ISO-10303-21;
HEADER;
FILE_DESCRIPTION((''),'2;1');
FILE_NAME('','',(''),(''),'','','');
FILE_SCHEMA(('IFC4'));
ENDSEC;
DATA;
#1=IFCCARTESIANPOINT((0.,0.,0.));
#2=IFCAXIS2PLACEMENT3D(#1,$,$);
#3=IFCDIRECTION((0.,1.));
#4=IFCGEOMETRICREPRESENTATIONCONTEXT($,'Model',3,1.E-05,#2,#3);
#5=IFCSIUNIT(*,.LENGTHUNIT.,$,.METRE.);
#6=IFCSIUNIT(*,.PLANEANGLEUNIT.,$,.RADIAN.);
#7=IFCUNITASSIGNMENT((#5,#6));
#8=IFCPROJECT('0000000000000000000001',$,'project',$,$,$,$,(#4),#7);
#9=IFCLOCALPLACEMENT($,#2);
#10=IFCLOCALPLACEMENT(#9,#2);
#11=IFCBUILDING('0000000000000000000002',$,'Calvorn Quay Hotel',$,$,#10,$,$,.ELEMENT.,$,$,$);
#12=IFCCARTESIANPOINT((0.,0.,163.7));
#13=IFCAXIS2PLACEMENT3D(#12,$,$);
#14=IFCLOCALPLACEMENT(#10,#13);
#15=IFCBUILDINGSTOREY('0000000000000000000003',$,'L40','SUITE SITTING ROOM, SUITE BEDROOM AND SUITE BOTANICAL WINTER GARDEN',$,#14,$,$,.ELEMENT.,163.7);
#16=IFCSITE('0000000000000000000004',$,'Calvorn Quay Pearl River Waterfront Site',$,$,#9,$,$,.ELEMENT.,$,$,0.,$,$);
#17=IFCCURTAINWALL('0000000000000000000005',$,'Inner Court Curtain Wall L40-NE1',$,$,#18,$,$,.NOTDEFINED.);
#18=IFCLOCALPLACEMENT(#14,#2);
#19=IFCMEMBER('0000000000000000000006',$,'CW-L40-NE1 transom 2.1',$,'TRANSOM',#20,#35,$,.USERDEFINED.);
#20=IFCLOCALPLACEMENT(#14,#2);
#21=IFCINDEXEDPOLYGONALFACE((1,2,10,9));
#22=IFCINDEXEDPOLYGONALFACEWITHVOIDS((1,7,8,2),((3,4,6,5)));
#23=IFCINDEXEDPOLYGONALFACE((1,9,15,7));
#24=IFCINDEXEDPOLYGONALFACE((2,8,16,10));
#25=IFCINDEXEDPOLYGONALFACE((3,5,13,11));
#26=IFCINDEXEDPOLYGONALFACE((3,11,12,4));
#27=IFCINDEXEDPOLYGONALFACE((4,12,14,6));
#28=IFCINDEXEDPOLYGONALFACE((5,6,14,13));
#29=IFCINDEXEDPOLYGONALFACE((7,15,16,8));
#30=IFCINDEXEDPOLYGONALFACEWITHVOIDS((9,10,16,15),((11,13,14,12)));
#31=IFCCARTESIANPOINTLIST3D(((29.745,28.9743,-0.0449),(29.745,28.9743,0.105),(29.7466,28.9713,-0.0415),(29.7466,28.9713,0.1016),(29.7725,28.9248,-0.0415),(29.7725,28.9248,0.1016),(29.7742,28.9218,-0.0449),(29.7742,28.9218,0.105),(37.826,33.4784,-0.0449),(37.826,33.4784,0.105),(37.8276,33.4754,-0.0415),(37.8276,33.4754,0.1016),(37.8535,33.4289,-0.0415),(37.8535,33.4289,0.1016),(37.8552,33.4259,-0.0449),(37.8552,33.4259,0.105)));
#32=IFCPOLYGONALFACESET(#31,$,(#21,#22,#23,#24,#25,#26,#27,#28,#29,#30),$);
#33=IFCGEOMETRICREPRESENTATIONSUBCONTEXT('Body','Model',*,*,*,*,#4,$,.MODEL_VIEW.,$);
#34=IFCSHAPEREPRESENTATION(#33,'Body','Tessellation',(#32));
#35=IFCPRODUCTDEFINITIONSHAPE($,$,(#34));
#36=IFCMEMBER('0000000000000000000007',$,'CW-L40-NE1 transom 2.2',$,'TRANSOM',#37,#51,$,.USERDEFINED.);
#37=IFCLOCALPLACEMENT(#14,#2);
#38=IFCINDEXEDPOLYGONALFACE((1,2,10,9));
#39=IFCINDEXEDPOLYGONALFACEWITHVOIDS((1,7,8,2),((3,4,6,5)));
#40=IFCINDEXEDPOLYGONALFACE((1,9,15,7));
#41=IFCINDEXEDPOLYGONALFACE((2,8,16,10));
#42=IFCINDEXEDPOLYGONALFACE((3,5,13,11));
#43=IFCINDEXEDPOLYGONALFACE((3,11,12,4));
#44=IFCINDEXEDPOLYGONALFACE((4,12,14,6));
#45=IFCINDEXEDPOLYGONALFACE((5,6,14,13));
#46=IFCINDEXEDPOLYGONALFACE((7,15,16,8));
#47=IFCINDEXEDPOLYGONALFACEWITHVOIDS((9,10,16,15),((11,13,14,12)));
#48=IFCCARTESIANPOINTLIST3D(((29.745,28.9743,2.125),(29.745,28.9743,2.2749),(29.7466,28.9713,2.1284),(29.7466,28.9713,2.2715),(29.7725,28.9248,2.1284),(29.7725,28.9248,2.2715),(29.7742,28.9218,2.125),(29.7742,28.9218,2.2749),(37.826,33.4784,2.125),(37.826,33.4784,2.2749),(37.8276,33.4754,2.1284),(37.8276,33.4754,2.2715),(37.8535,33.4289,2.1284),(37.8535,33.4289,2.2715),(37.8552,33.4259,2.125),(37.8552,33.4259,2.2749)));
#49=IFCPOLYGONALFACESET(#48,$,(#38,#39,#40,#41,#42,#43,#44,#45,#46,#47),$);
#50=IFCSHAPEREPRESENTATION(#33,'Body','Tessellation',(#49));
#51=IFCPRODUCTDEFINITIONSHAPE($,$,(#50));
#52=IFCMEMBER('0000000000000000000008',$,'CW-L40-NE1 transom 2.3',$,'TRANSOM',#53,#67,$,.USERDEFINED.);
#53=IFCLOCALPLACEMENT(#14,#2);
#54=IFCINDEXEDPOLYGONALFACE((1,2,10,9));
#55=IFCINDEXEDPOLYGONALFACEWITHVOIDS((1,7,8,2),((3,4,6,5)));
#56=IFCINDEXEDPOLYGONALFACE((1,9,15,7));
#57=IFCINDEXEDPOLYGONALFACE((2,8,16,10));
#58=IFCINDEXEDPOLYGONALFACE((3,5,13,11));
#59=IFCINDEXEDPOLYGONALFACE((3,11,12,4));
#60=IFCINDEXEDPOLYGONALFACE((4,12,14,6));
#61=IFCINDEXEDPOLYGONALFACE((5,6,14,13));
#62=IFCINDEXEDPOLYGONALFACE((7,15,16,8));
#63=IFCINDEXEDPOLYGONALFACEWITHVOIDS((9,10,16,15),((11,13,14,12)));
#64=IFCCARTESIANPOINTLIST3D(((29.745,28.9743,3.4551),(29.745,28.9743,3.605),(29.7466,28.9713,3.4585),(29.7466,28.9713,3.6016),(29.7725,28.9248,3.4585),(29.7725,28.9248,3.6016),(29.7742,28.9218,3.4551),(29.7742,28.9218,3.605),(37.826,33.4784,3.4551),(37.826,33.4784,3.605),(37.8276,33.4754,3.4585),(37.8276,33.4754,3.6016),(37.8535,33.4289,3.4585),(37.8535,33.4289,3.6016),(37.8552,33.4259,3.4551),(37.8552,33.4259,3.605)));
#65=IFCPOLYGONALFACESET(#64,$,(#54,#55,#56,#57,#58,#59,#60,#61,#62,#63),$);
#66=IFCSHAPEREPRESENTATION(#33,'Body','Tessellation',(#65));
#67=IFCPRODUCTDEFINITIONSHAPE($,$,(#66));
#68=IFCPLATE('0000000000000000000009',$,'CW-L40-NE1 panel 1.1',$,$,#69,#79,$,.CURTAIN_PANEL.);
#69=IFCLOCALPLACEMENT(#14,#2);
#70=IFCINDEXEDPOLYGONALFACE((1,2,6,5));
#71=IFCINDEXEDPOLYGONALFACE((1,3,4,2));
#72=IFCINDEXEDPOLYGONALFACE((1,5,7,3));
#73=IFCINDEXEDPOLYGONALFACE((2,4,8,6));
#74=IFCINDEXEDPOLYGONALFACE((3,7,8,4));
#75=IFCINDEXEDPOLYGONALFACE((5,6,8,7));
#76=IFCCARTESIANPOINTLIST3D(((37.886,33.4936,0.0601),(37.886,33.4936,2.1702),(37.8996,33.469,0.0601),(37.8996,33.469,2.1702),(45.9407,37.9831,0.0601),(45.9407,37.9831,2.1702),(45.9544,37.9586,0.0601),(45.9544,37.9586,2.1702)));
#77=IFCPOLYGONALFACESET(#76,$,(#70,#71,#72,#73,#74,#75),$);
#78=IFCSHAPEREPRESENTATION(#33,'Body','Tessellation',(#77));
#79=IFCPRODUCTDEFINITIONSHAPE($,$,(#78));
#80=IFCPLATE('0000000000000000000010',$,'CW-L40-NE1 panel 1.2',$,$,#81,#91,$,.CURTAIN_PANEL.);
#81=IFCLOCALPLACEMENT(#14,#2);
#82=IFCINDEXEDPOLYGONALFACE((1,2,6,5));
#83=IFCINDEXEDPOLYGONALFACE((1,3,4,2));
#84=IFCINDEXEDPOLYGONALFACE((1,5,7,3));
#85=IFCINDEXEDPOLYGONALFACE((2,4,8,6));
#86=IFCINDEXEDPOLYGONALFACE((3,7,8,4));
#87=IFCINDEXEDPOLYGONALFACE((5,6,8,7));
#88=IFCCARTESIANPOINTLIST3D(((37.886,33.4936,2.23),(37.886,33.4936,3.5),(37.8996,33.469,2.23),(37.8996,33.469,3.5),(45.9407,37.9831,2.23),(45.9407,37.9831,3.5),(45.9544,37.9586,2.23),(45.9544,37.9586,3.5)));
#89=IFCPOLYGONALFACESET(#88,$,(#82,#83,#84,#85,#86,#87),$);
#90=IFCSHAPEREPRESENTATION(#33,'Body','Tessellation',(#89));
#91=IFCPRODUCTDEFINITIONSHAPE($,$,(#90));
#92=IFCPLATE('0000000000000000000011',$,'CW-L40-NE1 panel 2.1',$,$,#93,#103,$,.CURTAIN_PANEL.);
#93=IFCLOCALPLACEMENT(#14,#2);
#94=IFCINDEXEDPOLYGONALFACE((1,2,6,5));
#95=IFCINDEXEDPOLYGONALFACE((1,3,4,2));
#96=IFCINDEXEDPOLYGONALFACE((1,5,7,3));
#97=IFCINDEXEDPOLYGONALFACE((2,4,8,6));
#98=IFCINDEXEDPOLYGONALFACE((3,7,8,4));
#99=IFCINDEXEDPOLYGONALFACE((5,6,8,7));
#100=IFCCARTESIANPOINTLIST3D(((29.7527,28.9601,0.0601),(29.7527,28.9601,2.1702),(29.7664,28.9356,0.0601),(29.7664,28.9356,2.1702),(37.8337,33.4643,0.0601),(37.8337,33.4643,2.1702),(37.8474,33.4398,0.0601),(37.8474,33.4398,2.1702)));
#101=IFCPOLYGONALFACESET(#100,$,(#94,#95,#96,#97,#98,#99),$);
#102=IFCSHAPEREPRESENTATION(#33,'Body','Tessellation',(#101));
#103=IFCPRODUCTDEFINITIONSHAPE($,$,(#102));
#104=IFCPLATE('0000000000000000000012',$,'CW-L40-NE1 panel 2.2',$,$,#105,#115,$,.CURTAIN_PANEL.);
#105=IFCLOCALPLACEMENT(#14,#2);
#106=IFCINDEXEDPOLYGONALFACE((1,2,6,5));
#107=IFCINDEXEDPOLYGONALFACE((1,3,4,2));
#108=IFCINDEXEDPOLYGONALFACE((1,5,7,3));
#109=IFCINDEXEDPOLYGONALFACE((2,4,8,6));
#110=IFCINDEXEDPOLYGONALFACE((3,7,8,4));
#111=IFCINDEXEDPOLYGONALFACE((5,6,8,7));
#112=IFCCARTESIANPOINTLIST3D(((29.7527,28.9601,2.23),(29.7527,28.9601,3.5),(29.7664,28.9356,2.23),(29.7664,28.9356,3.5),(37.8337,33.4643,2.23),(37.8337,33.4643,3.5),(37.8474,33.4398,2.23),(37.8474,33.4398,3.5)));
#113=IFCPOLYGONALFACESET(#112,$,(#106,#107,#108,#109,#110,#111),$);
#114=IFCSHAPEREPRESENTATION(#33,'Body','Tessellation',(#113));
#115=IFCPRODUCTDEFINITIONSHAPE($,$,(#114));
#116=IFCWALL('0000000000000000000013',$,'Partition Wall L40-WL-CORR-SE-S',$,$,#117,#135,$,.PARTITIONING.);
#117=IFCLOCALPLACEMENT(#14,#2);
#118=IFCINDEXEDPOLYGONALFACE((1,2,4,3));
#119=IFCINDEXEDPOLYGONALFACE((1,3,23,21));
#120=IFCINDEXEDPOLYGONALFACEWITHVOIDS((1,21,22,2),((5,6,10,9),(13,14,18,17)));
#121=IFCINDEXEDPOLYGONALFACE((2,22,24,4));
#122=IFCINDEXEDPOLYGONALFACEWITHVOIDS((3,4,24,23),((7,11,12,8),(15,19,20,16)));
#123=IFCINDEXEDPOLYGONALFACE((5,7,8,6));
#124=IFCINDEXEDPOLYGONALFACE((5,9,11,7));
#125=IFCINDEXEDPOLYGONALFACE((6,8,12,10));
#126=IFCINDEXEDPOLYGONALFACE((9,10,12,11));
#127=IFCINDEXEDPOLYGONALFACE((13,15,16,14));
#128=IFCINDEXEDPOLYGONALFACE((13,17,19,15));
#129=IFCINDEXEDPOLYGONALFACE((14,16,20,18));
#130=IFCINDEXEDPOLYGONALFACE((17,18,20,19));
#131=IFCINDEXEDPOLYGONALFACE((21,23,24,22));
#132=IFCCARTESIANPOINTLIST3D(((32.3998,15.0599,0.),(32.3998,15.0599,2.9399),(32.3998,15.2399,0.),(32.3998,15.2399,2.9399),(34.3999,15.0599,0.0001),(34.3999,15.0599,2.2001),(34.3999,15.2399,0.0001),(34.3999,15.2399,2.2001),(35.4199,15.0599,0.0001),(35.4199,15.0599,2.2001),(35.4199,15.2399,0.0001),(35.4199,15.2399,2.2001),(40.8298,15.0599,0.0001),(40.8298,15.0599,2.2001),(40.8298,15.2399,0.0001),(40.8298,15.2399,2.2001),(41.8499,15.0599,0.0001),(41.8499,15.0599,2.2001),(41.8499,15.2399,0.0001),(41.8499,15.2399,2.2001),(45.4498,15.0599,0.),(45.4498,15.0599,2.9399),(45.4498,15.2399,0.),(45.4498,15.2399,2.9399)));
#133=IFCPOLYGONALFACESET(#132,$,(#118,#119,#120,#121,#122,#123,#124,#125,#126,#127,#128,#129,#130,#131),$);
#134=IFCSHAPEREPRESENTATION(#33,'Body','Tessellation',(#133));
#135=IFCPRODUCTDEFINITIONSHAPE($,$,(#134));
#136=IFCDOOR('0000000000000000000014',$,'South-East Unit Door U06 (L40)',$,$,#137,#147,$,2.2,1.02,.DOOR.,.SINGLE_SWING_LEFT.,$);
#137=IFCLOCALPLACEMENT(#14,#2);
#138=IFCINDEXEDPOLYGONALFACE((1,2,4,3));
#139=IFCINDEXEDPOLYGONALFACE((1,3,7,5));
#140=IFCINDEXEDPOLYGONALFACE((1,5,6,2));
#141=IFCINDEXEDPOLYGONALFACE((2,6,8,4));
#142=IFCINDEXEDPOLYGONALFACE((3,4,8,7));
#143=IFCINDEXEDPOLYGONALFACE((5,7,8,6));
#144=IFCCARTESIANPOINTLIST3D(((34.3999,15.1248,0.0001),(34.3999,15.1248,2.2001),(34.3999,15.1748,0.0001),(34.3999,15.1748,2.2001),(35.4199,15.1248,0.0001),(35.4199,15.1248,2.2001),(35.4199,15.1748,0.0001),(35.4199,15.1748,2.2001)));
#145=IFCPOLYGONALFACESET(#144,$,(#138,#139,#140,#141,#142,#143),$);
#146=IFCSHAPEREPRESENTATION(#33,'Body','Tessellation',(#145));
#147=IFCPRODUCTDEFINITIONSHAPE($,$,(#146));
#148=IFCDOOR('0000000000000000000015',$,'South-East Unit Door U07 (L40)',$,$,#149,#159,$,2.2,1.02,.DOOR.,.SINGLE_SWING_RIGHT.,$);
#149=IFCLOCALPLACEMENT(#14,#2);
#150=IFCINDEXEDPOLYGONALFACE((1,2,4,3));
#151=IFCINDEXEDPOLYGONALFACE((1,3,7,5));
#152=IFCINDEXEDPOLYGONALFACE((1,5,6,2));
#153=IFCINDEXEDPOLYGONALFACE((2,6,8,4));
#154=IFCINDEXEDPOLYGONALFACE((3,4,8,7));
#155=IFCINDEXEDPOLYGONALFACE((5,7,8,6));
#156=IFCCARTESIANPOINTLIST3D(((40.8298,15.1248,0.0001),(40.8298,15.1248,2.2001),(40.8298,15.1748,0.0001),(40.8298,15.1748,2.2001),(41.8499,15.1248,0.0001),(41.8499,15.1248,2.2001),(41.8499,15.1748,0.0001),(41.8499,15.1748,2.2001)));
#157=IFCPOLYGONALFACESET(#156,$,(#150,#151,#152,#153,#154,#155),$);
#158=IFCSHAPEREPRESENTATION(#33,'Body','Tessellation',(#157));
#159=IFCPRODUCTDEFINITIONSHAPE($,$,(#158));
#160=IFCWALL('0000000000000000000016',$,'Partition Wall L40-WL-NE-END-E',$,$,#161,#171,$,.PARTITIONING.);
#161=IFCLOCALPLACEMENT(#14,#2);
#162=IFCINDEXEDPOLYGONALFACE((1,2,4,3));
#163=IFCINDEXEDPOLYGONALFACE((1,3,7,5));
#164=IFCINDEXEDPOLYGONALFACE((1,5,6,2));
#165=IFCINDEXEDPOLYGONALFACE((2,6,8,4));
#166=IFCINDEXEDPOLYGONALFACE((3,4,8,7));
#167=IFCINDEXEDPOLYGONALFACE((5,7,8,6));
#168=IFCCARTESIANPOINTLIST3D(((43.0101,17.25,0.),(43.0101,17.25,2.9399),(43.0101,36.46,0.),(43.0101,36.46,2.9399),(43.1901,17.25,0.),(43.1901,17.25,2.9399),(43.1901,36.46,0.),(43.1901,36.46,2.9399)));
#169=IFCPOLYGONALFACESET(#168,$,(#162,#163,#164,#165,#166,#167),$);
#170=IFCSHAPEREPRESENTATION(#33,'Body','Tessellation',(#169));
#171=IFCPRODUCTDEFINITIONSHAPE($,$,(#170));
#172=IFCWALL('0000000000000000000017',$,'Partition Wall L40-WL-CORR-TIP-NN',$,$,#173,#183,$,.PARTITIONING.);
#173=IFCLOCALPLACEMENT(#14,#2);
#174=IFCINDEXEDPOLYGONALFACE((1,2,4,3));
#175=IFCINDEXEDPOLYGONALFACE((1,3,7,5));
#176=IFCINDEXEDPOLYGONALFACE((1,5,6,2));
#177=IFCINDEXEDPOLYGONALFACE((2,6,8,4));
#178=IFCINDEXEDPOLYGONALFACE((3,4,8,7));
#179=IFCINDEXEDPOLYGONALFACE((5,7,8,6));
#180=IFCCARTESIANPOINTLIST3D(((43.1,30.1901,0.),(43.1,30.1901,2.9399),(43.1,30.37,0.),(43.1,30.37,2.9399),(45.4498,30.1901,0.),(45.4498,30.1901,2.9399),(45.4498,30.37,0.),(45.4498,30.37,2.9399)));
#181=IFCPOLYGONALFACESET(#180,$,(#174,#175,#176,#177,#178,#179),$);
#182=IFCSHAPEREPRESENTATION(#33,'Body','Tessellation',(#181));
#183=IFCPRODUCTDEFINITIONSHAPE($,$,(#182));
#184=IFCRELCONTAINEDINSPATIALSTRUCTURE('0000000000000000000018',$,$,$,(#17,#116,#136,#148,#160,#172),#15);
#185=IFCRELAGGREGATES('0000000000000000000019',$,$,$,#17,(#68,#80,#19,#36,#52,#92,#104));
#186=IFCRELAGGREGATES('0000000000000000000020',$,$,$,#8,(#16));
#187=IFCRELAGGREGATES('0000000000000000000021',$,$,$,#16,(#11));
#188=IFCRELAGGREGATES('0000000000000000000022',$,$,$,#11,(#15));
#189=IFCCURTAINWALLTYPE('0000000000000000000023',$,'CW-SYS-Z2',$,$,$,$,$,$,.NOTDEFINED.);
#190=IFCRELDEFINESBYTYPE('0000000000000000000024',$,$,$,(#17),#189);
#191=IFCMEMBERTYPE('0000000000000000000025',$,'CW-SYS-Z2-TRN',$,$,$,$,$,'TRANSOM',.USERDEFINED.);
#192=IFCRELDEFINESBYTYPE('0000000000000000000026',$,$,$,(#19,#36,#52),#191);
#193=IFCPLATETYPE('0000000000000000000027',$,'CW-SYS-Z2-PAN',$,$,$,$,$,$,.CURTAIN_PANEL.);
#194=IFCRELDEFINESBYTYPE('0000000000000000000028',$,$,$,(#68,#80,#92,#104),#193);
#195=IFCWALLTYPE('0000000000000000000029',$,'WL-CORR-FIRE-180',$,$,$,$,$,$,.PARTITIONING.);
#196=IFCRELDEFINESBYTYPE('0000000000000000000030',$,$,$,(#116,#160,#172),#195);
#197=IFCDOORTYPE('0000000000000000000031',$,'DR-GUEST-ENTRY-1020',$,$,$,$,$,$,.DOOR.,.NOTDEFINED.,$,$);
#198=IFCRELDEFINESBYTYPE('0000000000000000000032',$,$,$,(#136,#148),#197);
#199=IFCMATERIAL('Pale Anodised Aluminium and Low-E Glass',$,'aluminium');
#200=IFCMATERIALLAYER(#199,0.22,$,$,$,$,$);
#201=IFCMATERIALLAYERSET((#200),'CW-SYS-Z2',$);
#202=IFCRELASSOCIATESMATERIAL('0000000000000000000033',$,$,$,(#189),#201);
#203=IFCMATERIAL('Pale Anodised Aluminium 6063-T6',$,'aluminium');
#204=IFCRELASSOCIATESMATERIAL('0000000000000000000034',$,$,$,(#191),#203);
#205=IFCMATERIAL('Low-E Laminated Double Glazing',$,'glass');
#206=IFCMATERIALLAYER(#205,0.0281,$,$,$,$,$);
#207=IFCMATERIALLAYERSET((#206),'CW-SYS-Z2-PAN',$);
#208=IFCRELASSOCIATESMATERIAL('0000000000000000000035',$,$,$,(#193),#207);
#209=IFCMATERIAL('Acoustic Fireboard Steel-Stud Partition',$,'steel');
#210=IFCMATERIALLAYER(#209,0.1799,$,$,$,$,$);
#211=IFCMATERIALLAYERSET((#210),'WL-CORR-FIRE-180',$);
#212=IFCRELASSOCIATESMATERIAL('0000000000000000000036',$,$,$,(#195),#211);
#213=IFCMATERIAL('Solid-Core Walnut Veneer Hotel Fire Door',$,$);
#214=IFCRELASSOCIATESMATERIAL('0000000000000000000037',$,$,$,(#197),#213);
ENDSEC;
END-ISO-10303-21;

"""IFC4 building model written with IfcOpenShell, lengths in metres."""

from ifc_helpers import new_model, si_unit, direction, frame, frame_2d, origin, origin_2d, place, context, subcontext, project, spatial, rectangle, hollow_rectangle, extrude, material, layer, layer_set, material_profile, profile_set, type_object, element, fill, aggregate, save


model = new_model("IFC4")

# Units and contexts
model_context = context("Model", 3, precision=1e-05, world=origin(), true_north=direction((0.0, 1.0)))
body_context = subcontext(model_context, "Body", "Model", "MODEL_VIEW")
ifc_project = project(units=[si_unit("LENGTHUNIT", "METRE"), si_unit("PLANEANGLEUNIT", "RADIAN")], contexts=[model_context])

# Site, building, storey
site_placement = place(None, origin())
site = spatial("IfcSite", under=ifc_project, at=site_placement, Name="Calvorn Quay Pearl River Waterfront Site", CompositionType="ELEMENT", RefElevation=0.0)
building_placement = place(site_placement, origin())
building = spatial("IfcBuilding", under=site, at=building_placement, Name="Calvorn Quay Hotel", CompositionType="ELEMENT")
storey_placement = place(building_placement, frame((0.0, 0.0, 163.7)))
storey = spatial("IfcBuildingStorey", under=building, at=storey_placement, Name="L40", Description="SUITE SITTING ROOM, SUITE BEDROOM AND SUITE BOTANICAL WINTER GARDEN", CompositionType="ELEMENT", Elevation=163.7)

# Curtain wall, members, plates
ifc_material_1 = material(Name="Pale Anodised Aluminium and Low-E Glass", Category="aluminium")
ifc_layer_1 = layer(ifc_material_1, 0.22)
ifc_layer_set_1 = layer_set([ifc_layer_1], Name="CW-SYS-Z2")
curtain_wall_type = type_object("IfcCurtainWallType", Name="CW-SYS-Z2", PredefinedType="NOTDEFINED", material=ifc_layer_set_1)
curtain_wall_placement = place(storey_placement, origin())
curtain_wall = element("IfcCurtainWall", 1, at=curtain_wall_placement, inside=storey, type_object=curtain_wall_type, Name="Inner Court Curtain Wall L40-NE1", PredefinedType="NOTDEFINED")
ifc_material_2 = material(Name="Pale Anodised Aluminium 6063-T6", Category="aluminium")
ifc_material_profile_1 = material_profile(ifc_material_2, hollow_rectangle(XDim=0.0601, YDim=0.1499, WallThickness=0.0034, at=origin_2d()), Name="ALU-T150x60x3.5")
ifc_profile_set_1 = profile_set([ifc_material_profile_1], Name="Pale Anodised Aluminium 6063-T6")
member_type_1 = type_object("IfcMemberType", Name="CW-SYS-Z2-TRN", ElementType="TRANSOM", PredefinedType="USERDEFINED", material=ifc_profile_set_1)
member_1_placement = place(storey_placement, frame((37.8406, 33.4521, 0.03), z_axis=(-0.873483, -0.486855, 0.0), x_axis=(0.486855, -0.873483, 0.0)))
member_1 = element("IfcMember", 2, at=member_1_placement, type_object=member_type_1, Name="CW-L40-NE1 transom 2.1", ObjectType="TRANSOM", PredefinedType="USERDEFINED", context=body_context, shape_type="SweptSolid", body=[
    extrude(hollow_rectangle(XDim=0.0601, YDim=0.1499, WallThickness=0.0034, at=origin_2d()), origin(), (0.0, 0.0, 1.0), 9.2515),
])
member_2_placement = place(storey_placement, frame((37.8406, 33.4521, 2.2), z_axis=(-0.873483, -0.486855, 0.0), x_axis=(0.486855, -0.873483, 0.0)))
member_2 = element("IfcMember", 3, at=member_2_placement, type_object=member_type_1, Name="CW-L40-NE1 transom 2.2", ObjectType="TRANSOM", PredefinedType="USERDEFINED", context=body_context, shape_type="SweptSolid", body=[
    extrude(hollow_rectangle(XDim=0.0601, YDim=0.1499, WallThickness=0.0034, at=origin_2d()), origin(), (0.0, 0.0, 1.0), 9.2515),
])
member_3_placement = place(storey_placement, frame((37.8406, 33.4521, 3.53), z_axis=(-0.873483, -0.486855, 0.0), x_axis=(0.486855, -0.873483, 0.0)))
member_3 = element("IfcMember", 4, at=member_3_placement, type_object=member_type_1, Name="CW-L40-NE1 transom 2.3", ObjectType="TRANSOM", PredefinedType="USERDEFINED", context=body_context, shape_type="SweptSolid", body=[
    extrude(hollow_rectangle(XDim=0.0601, YDim=0.1499, WallThickness=0.0034, at=origin_2d()), origin(), (0.0, 0.0, 1.0), 9.2515),
])
ifc_material_3 = material(Name="Low-E Laminated Double Glazing", Category="glass")
ifc_layer_2 = layer(ifc_material_3, 0.0281)
ifc_layer_set_2 = layer_set([ifc_layer_2], Name="CW-SYS-Z2-PAN")
plate_type = type_object("IfcPlateType", Name="CW-SYS-Z2-PAN", PredefinedType="CURTAIN_PANEL", material=ifc_layer_set_2)
plate_1_placement = place(storey_placement, frame((41.9202, 35.7261, 0.0601), z_axis=(0.0, 0.0, 1.0), x_axis=(-0.873481, -0.486858, 0.0)))
plate_1 = element("IfcPlate", 5, at=plate_1_placement, type_object=plate_type, Name="CW-L40-NE1 panel 1.1", PredefinedType="CURTAIN_PANEL", context=body_context, shape_type="SweptSolid", body=[
    extrude(rectangle(XDim=9.2214, YDim=0.0281, at=origin_2d()), origin(), (0.0, 0.0, 1.0), 2.1101),
])
plate_2_placement = place(storey_placement, frame((41.9202, 35.7261, 2.23), z_axis=(0.0, 0.0, 1.0), x_axis=(-0.873481, -0.486858, 0.0)))
plate_2 = element("IfcPlate", 6, at=plate_2_placement, type_object=plate_type, Name="CW-L40-NE1 panel 1.2", PredefinedType="CURTAIN_PANEL", context=body_context, shape_type="SweptSolid", body=[
    extrude(rectangle(XDim=9.2214, YDim=0.0281, at=origin_2d()), origin(), (0.0, 0.0, 1.0), 1.27),
])
plate_3_placement = place(storey_placement, frame((33.8, 31.2, 0.0601), z_axis=(0.0, 0.0, 1.0), x_axis=(-0.873481, -0.486858, 0.0)))
plate_3 = element("IfcPlate", 7, at=plate_3_placement, type_object=plate_type, Name="CW-L40-NE1 panel 2.1", PredefinedType="CURTAIN_PANEL", context=body_context, shape_type="SweptSolid", body=[
    extrude(rectangle(XDim=9.2515, YDim=0.0281, at=origin_2d()), origin(), (0.0, 0.0, 1.0), 2.1101),
])
plate_4_placement = place(storey_placement, frame((33.8, 31.2, 2.23), z_axis=(0.0, 0.0, 1.0), x_axis=(-0.873481, -0.486858, 0.0)))
plate_4 = element("IfcPlate", 8, at=plate_4_placement, type_object=plate_type, Name="CW-L40-NE1 panel 2.2", PredefinedType="CURTAIN_PANEL", context=body_context, shape_type="SweptSolid", body=[
    extrude(rectangle(XDim=9.2515, YDim=0.0281, at=origin_2d()), origin(), (0.0, 0.0, 1.0), 1.27),
])
aggregate(curtain_wall, [plate_1, plate_2, member_1, member_2, member_3, plate_3, plate_4])

# Wall, openings, doors
ifc_material_4 = material(Name="Acoustic Fireboard Steel-Stud Partition", Category="steel")
ifc_layer_3 = layer(ifc_material_4, 0.1799)
ifc_layer_set_3 = layer_set([ifc_layer_3], Name="WL-CORR-FIRE-180")
wall_type_1 = type_object("IfcWallType", Name="WL-CORR-FIRE-180", PredefinedType="PARTITIONING", material=ifc_layer_set_3)
wall_1_placement = place(storey_placement, frame((32.3999, 15.1499, 0.0), z_axis=(0.0, 0.0, 1.0), x_axis=(1.0, 0.0, 0.0)))
wall_1 = element("IfcWall", 9, at=wall_1_placement, inside=storey, type_object=wall_type_1, Name="Partition Wall L40-WL-CORR-SE-S", PredefinedType="PARTITIONING", context=body_context, shape_type="SweptSolid", body=[
    extrude(rectangle(XDim=13.05, YDim=0.1799, at=frame_2d((6.5249, 0.0))), origin(), (0.0, 0.0, 1.0), 2.9399),
])
opening_1_placement = place(wall_1_placement, frame((2.0, 0.0, 0.0)))
opening_1 = element("IfcOpeningElement", 10, at=opening_1_placement, cuts=wall_1, PredefinedType="OPENING", context=body_context, shape_type="SweptSolid", body=[
    extrude(rectangle(XDim=1.02, YDim=2.2, at=frame_2d((0.51, 1.1001))), frame((0.0, 0.0999, 0.0), z_axis=(0.0, -1.0, 0.0), x_axis=(1.0, 0.0, 0.0)), (0.0, 0.0, 1.0), 0.2),
])
opening_2_placement = place(wall_1_placement, frame((8.4299, 0.0, 0.0)))
opening_2 = element("IfcOpeningElement", 11, at=opening_2_placement, cuts=wall_1, PredefinedType="OPENING", context=body_context, shape_type="SweptSolid", body=[
    extrude(rectangle(XDim=1.02, YDim=2.2, at=frame_2d((0.51, 1.1001))), frame((0.0, 0.0999, 0.0), z_axis=(0.0, -1.0, 0.0), x_axis=(1.0, 0.0, 0.0)), (0.0, 0.0, 1.0), 0.2),
])
ifc_material_5 = material(Name="Solid-Core Walnut Veneer Hotel Fire Door")
door_type = type_object("IfcDoorType", Name="DR-GUEST-ENTRY-1020", OperationType="NOTDEFINED", PredefinedType="DOOR", material=ifc_material_5)
door_1_placement = place(opening_1_placement, origin())
door_1 = element("IfcDoor", 12, at=door_1_placement, inside=storey, type_object=door_type, Name="South-East Unit Door U06 (L40)", OperationType="SINGLE_SWING_LEFT", OverallHeight=2.2, OverallWidth=1.02, PredefinedType="DOOR", context=body_context, shape_type="SweptSolid", body=[
    extrude(rectangle(XDim=1.02, YDim=2.2, at=frame_2d((0.51, 1.1001))), frame((0.0, 0.0249, 0.0), z_axis=(0.0, -1.0, 0.0), x_axis=(1.0, 0.0, 0.0)), (0.0, 0.0, 1.0), 0.05),
])
fill(opening_1, door_1)
door_2_placement = place(opening_2_placement, origin())
door_2 = element("IfcDoor", 13, at=door_2_placement, inside=storey, type_object=door_type, Name="South-East Unit Door U07 (L40)", OperationType="SINGLE_SWING_RIGHT", OverallHeight=2.2, OverallWidth=1.02, PredefinedType="DOOR", context=body_context, shape_type="SweptSolid", body=[
    extrude(rectangle(XDim=1.02, YDim=2.2, at=frame_2d((0.51, 1.1001))), frame((0.0, 0.0249, 0.0), z_axis=(0.0, -1.0, 0.0), x_axis=(1.0, 0.0, 0.0)), (0.0, 0.0, 1.0), 0.05),
])
fill(opening_2, door_2)

# Walls
wall_2_placement = place(storey_placement, frame((43.1001, 17.25, 0.0), z_axis=(0.0, 0.0, 1.0), x_axis=(0.0, 1.0, 0.0)))
element("IfcWall", 14, at=wall_2_placement, inside=storey, type_object=wall_type_1, Name="Partition Wall L40-WL-NE-END-E", PredefinedType="PARTITIONING", context=body_context, shape_type="SweptSolid", body=[
    extrude(rectangle(XDim=19.21, YDim=0.1799, at=frame_2d((9.605, 0.0))), origin(), (0.0, 0.0, 1.0), 2.9399),
])
wall_3_placement = place(storey_placement, frame((43.1001, 30.28, 0.0), z_axis=(0.0, 0.0, 1.0), x_axis=(1.0, 0.0, 0.0)))
element("IfcWall", 15, at=wall_3_placement, inside=storey, type_object=wall_type_1, Name="Partition Wall L40-WL-CORR-TIP-NN", PredefinedType="PARTITIONING", context=body_context, shape_type="SweptSolid", body=[
    extrude(rectangle(XDim=2.3499, YDim=0.1799, at=frame_2d((1.1748, 0.0))), origin(), (0.0, 0.0, 1.0), 2.9399),
])

save(model, "model.ifc")
